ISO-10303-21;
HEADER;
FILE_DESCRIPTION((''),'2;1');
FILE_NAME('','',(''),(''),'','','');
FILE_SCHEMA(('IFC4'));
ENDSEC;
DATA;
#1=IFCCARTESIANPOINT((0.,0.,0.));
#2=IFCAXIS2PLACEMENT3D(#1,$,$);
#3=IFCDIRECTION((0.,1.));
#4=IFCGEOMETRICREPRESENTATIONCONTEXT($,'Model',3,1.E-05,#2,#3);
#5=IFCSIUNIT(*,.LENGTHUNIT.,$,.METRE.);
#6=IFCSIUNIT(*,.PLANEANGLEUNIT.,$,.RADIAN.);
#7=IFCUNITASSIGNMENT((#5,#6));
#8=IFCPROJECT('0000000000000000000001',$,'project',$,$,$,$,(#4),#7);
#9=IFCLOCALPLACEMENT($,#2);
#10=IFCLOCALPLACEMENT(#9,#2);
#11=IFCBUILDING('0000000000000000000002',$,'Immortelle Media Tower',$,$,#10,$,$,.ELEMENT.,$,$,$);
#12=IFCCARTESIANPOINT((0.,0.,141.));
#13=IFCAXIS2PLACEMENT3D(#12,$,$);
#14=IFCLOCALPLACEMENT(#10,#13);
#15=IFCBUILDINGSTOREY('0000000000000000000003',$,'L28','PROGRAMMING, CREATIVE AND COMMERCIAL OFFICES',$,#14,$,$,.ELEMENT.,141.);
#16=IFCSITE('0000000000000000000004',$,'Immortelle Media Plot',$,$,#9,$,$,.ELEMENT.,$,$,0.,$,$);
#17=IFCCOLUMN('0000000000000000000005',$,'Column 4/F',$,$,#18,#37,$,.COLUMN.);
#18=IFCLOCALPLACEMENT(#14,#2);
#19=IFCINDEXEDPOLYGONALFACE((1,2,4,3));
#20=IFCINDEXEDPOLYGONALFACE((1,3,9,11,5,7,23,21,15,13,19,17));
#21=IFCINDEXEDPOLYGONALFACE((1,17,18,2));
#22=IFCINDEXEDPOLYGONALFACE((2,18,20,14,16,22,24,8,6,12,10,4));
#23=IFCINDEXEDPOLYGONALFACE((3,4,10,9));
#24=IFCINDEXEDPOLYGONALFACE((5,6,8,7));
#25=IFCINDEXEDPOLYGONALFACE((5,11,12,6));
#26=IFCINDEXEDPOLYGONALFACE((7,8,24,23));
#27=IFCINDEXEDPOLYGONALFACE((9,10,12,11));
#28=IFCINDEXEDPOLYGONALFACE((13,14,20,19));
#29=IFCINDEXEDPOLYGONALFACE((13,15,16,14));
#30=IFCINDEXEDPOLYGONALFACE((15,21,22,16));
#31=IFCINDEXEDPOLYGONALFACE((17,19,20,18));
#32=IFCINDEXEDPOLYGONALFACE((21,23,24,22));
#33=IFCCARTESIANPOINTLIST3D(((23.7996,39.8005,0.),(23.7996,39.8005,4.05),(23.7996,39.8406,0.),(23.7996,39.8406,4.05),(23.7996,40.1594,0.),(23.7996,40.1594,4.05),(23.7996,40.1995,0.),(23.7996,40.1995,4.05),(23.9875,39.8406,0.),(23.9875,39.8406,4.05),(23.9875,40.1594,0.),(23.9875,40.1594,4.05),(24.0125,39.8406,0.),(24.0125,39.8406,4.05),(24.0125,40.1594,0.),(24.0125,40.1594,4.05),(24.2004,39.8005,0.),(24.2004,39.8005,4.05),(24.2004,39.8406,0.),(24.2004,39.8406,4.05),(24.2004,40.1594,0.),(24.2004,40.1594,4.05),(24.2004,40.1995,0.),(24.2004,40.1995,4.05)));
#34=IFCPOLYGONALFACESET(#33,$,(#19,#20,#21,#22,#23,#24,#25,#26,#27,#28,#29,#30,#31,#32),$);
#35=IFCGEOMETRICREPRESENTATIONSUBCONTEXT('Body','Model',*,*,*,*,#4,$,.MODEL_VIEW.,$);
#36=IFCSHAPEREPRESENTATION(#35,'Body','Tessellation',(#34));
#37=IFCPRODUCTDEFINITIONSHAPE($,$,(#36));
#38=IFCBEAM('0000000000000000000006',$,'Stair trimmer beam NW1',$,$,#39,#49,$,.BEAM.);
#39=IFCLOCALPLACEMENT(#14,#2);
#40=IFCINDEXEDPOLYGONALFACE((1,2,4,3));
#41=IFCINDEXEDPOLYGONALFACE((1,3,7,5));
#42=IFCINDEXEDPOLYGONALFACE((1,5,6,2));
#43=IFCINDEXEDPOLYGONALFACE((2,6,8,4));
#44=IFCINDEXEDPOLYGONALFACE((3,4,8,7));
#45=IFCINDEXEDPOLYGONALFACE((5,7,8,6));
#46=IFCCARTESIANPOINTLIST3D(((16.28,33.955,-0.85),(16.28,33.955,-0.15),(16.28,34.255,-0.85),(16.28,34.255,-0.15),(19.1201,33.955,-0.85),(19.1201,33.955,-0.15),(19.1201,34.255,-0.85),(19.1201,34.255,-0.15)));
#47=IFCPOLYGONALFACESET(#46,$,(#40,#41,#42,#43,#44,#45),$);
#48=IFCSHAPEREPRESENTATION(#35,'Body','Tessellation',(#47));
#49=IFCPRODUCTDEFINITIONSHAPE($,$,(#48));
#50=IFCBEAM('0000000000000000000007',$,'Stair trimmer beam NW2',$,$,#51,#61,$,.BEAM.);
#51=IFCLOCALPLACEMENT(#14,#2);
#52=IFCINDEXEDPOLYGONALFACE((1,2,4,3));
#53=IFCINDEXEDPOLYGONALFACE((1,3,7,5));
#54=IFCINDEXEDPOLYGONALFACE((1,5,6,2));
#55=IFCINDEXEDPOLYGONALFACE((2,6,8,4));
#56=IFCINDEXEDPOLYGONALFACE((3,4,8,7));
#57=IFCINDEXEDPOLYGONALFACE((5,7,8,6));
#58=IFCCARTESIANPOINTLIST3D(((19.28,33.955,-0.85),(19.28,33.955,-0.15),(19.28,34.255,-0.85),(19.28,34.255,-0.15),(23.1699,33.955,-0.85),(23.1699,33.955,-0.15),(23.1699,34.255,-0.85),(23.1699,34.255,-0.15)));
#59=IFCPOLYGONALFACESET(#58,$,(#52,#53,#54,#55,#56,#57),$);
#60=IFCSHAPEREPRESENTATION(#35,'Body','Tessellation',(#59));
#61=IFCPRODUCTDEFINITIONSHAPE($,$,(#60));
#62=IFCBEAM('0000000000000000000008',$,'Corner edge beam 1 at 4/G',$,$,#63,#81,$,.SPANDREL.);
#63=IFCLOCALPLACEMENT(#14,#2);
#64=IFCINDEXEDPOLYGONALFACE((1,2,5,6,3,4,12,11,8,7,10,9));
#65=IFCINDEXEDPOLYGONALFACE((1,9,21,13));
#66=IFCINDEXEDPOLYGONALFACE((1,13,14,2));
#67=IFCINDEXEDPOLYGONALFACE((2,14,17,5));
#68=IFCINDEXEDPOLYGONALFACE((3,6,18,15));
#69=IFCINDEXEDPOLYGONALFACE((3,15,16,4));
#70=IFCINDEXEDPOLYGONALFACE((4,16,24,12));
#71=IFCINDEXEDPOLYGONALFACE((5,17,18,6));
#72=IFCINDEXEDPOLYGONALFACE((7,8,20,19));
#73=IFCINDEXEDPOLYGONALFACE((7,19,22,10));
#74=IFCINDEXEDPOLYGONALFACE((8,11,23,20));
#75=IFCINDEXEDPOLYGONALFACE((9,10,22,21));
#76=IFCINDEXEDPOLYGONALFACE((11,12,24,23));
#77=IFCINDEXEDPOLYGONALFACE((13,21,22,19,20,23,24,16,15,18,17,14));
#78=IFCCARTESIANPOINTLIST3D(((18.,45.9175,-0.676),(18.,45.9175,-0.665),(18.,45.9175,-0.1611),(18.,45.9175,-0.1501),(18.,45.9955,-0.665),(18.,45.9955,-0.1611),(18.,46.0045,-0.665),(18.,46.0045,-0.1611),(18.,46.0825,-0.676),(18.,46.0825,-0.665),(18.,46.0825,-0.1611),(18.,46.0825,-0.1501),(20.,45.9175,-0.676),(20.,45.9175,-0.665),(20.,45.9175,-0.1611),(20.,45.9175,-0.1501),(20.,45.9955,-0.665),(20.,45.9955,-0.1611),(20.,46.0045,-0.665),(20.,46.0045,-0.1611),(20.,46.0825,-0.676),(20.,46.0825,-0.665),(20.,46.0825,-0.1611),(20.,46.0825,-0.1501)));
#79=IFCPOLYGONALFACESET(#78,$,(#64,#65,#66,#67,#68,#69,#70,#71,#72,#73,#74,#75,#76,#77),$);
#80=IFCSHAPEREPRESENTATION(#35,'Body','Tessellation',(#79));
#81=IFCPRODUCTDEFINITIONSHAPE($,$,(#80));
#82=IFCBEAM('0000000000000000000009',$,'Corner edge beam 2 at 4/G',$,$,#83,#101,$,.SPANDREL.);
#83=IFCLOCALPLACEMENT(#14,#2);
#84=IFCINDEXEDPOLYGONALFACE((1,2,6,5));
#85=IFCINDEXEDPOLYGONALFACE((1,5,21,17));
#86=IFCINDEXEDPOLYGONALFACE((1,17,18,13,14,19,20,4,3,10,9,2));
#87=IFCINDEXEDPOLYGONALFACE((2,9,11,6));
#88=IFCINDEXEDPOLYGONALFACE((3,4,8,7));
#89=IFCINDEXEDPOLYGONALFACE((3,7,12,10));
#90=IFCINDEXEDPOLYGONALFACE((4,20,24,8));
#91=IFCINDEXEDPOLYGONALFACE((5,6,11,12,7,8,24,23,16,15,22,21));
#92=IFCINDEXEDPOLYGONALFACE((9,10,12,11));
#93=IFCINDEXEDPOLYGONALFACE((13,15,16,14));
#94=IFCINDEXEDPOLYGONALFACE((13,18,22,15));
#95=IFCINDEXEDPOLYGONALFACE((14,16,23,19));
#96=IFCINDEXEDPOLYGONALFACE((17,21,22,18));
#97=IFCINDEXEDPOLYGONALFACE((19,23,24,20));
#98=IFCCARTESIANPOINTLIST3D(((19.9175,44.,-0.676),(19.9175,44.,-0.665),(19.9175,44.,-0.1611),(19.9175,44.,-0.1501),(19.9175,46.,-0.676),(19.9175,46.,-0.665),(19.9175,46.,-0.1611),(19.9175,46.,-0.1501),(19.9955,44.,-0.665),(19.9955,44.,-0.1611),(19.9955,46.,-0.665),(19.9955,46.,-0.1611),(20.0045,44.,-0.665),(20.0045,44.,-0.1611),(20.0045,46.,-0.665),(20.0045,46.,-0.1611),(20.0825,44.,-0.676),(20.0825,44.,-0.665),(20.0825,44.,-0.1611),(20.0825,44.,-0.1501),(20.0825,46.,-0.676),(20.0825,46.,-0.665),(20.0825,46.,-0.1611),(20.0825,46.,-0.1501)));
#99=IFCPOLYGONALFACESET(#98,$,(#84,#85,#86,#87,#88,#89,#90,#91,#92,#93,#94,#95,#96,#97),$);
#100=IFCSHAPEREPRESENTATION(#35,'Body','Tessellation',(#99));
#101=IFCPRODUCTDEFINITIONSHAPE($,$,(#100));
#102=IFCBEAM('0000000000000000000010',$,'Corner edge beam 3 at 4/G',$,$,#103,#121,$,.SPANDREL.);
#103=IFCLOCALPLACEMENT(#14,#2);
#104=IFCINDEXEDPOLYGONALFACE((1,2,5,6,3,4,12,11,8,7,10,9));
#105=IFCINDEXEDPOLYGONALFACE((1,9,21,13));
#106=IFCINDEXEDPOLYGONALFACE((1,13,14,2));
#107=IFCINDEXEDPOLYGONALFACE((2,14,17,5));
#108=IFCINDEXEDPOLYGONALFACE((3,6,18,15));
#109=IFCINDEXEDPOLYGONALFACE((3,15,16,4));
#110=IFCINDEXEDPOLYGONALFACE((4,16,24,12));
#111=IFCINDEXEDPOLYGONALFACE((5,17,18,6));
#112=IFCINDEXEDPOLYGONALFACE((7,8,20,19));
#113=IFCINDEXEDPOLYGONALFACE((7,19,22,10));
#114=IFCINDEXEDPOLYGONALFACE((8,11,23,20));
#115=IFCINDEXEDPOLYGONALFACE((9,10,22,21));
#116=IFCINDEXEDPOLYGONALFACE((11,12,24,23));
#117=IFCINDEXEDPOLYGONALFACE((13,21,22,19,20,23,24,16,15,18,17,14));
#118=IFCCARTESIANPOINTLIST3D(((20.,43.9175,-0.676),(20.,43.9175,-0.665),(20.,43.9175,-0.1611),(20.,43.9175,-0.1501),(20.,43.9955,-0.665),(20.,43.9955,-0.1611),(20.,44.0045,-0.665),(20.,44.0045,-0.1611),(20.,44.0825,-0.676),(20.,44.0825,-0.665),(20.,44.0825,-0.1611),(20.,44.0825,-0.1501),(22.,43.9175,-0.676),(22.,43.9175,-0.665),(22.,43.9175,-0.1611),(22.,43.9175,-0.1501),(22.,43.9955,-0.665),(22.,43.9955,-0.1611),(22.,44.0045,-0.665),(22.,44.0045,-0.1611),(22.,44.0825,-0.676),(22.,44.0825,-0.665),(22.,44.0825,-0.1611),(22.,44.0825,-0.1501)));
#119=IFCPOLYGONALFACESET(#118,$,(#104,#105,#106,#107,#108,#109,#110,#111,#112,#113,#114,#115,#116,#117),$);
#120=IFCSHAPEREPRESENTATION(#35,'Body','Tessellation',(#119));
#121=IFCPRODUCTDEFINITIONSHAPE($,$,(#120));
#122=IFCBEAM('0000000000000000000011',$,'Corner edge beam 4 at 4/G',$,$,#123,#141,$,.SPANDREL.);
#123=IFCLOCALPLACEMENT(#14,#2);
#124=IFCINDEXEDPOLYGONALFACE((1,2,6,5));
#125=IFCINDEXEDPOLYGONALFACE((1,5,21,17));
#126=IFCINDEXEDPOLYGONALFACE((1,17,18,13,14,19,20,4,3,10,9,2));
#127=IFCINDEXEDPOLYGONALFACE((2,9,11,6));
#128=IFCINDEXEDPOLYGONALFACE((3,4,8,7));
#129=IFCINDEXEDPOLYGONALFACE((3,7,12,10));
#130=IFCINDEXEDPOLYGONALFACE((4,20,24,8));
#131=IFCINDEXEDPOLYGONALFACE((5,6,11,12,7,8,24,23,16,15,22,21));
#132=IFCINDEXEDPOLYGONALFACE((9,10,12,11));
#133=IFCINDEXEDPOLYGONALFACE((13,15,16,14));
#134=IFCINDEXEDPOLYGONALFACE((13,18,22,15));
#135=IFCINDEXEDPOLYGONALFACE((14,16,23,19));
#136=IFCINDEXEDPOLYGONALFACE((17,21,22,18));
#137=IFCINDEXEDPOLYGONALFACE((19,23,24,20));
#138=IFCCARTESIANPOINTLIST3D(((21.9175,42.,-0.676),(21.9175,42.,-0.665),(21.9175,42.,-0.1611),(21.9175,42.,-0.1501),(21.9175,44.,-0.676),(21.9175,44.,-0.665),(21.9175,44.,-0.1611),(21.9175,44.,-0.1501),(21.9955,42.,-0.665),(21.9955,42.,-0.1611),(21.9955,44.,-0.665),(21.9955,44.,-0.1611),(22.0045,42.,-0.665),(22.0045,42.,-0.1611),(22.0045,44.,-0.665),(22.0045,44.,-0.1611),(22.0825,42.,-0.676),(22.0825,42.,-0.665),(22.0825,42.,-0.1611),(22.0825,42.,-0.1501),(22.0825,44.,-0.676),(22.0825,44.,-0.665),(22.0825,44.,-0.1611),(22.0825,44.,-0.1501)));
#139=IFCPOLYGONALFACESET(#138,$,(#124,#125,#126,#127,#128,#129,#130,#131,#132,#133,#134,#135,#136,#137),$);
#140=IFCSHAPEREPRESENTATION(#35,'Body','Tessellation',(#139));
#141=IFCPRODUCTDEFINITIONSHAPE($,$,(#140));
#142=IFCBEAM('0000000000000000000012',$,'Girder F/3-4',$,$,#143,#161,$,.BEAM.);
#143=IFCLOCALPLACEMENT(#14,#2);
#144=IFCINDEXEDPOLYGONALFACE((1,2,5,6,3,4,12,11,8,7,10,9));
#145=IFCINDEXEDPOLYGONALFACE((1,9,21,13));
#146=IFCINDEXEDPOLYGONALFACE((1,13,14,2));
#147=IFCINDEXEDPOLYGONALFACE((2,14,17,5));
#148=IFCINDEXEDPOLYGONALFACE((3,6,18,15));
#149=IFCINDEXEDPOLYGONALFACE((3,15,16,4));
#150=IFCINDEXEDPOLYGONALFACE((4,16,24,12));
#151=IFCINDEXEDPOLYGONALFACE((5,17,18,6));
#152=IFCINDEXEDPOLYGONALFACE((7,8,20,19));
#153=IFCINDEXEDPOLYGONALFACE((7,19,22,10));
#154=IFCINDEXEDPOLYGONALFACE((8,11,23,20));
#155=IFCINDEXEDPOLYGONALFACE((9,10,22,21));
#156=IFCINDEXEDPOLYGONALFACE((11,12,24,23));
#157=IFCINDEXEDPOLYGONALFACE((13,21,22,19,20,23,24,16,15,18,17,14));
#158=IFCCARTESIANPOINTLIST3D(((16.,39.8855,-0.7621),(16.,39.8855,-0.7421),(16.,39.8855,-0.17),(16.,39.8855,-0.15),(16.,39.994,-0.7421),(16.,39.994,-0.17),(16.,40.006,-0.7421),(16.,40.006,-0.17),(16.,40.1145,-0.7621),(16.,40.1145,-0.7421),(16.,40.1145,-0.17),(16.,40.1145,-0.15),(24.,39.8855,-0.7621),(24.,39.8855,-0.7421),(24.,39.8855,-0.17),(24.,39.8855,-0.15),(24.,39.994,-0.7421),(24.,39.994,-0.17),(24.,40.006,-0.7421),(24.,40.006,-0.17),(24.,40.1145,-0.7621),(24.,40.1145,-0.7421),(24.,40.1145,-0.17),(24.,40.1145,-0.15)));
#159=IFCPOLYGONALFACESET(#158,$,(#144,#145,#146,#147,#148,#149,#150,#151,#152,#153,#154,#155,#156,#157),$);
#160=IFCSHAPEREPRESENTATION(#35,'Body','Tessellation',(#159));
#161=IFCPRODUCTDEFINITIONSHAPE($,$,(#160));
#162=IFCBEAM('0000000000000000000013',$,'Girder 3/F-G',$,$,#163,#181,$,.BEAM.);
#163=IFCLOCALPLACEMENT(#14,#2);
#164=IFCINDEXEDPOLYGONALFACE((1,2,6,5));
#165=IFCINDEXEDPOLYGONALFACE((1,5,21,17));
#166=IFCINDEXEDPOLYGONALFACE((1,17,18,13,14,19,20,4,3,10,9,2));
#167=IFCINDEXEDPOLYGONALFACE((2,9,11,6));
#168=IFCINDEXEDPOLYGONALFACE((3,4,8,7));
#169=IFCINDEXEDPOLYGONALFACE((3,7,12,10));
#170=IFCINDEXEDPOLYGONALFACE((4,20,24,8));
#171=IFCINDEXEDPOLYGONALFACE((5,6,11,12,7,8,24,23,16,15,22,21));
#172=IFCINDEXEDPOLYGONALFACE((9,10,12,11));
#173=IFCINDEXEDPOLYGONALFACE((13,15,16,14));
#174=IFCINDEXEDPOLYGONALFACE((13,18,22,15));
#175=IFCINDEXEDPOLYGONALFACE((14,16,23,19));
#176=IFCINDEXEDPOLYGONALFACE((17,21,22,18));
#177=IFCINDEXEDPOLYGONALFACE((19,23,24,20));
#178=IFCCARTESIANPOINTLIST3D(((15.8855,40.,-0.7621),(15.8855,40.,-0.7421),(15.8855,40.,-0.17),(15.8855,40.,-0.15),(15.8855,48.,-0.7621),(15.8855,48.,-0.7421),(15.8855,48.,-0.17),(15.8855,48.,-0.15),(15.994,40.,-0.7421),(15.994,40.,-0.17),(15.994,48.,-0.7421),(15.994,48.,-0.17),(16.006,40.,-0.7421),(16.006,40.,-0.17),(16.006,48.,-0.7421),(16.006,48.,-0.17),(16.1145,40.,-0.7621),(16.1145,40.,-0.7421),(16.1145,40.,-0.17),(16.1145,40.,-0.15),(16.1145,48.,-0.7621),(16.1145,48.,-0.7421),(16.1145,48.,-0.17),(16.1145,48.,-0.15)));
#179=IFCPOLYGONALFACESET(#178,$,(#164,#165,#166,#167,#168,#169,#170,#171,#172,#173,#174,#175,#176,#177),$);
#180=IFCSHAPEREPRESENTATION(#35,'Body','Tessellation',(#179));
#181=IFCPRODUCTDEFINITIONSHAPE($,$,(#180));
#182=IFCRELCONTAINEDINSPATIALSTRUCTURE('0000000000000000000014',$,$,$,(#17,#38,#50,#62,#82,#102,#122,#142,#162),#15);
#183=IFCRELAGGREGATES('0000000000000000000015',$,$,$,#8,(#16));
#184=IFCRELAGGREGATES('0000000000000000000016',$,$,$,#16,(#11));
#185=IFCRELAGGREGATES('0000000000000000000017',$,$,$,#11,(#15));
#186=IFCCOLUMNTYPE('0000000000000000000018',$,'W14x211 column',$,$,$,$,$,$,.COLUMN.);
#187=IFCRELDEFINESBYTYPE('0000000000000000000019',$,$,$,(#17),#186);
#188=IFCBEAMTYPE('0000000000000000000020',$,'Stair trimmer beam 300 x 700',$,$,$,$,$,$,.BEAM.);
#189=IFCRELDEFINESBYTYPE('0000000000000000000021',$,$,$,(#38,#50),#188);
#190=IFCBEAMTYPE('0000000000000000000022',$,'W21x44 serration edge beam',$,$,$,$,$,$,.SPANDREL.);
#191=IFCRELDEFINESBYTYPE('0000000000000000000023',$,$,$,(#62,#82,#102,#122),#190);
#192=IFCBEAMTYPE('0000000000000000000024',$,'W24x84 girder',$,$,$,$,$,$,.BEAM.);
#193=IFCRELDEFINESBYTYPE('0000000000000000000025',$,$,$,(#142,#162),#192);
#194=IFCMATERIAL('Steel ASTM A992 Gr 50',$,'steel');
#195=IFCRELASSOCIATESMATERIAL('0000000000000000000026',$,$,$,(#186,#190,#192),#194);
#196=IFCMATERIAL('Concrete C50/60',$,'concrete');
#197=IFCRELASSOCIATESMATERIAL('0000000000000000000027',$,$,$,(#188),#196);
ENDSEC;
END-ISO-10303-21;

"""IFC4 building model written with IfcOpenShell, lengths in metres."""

from ifc_helpers import new_model, si_unit, direction, frame, origin, origin_2d, place, context, subcontext, project, spatial, rectangle, i_section, extrude, material, material_profile, profile_set, type_object, element, save


model = new_model("IFC4")

# Units and contexts
model_context = context("Model", 3, precision=1e-05, world=origin(), true_north=direction((0.0, 1.0)))
body_context = subcontext(model_context, "Body", "Model", "MODEL_VIEW")
ifc_project = project(units=[si_unit("LENGTHUNIT", "METRE"), si_unit("PLANEANGLEUNIT", "RADIAN")], contexts=[model_context])

# Site, building, storey
site_placement = place(None, origin())
site = spatial("IfcSite", under=ifc_project, at=site_placement, Name="Immortelle Media Plot", CompositionType="ELEMENT", RefElevation=0.0)
building_placement = place(site_placement, origin())
building = spatial("IfcBuilding", under=site, at=building_placement, Name="Immortelle Media Tower", CompositionType="ELEMENT")
storey_placement = place(building_placement, frame((0.0, 0.0, 141.0)))
storey = spatial("IfcBuildingStorey", under=building, at=storey_placement, Name="L28", Description="PROGRAMMING, CREATIVE AND COMMERCIAL OFFICES", CompositionType="ELEMENT", Elevation=141.0)

# Column
ifc_material_1 = material(Name="Steel ASTM A992 Gr 50", Category="steel")
ifc_material_profile_1 = material_profile(ifc_material_1, i_section(OverallWidth=0.4009, OverallDepth=0.3989, WebThickness=0.0249, FlangeThickness=0.04, at=origin_2d()), Name="W14x211")
ifc_profile_set_1 = profile_set([ifc_material_profile_1], Name="Steel ASTM A992 Gr 50")
column_type = type_object("IfcColumnType", Name="W14x211 column", PredefinedType="COLUMN", material=ifc_profile_set_1)
column_placement = place(storey_placement, frame((24.0, 40.0, 0.0), z_axis=(0.0, 0.0, 1.0), x_axis=(1.0, 0.0, 0.0)))
element("IfcColumn", 1, at=column_placement, inside=storey, type_object=column_type, Name="Column 4/F", PredefinedType="COLUMN", context=body_context, shape_type="SweptSolid", body=[
    extrude(i_section(OverallWidth=0.4009, OverallDepth=0.3989, WebThickness=0.0249, FlangeThickness=0.04, at=origin_2d()), origin(), (0.0, 0.0, 1.0), 4.05),
])

# Beams
ifc_material_2 = material(Name="Concrete C50/60", Category="concrete")
ifc_material_profile_2 = material_profile(ifc_material_2, rectangle(XDim=0.3, YDim=0.7, at=origin_2d()), Name="RC 300x700")
ifc_profile_set_2 = profile_set([ifc_material_profile_2], Name="Concrete C50/60")
beam_type_1 = type_object("IfcBeamType", Name="Stair trimmer beam 300 x 700", PredefinedType="BEAM", material=ifc_profile_set_2)
beam_1_placement = place(storey_placement, frame((16.28, 34.105, -0.5), z_axis=(1.0, 0.0, 0.0), x_axis=(0.0, 1.0, 0.0)))
element("IfcBeam", 2, at=beam_1_placement, inside=storey, type_object=beam_type_1, Name="Stair trimmer beam NW1", PredefinedType="BEAM", context=body_context, shape_type="SweptSolid", body=[
    extrude(rectangle(XDim=0.3, YDim=0.7, at=origin_2d()), origin(), (0.0, 0.0, 1.0), 2.8401),
])
beam_2_placement = place(storey_placement, frame((19.28, 34.105, -0.5), z_axis=(1.0, 0.0, 0.0), x_axis=(0.0, 1.0, 0.0)))
element("IfcBeam", 3, at=beam_2_placement, inside=storey, type_object=beam_type_1, Name="Stair trimmer beam NW2", PredefinedType="BEAM", context=body_context, shape_type="SweptSolid", body=[
    extrude(rectangle(XDim=0.3, YDim=0.7, at=origin_2d()), origin(), (0.0, 0.0, 1.0), 3.8899),
])
ifc_material_profile_3 = material_profile(ifc_material_1, i_section(OverallWidth=0.165, OverallDepth=0.5259, WebThickness=0.009, FlangeThickness=0.011, at=origin_2d()), Name="W21x44")
ifc_profile_set_3 = profile_set([ifc_material_profile_3], Name="Steel ASTM A992 Gr 50")
beam_type_2 = type_object("IfcBeamType", Name="W21x44 serration edge beam", PredefinedType="SPANDREL", material=ifc_profile_set_3)
for number, where, z_axis, x_axis, name in (
    (4, (18.0, 46.0, -0.4131), (1.0, 0.0, 0.0), (0.0, 1.0, 0.0), "Corner edge beam 1 at 4/G"),
    (5, (20.0, 46.0, -0.4131), (0.0, -1.0, 0.0), (1.0, 0.0, 0.0), "Corner edge beam 2 at 4/G"),
    (6, (20.0, 44.0, -0.4131), (1.0, 0.0, 0.0), (0.0, 1.0, 0.0), "Corner edge beam 3 at 4/G"),
    (7, (22.0, 44.0, -0.4131), (0.0, -1.0, 0.0), (1.0, 0.0, 0.0), "Corner edge beam 4 at 4/G"),
):
    element("IfcBeam", number, at=place(storey_placement, frame(where, z_axis=z_axis, x_axis=x_axis)), inside=storey, type_object=beam_type_2, Name=name, PredefinedType="SPANDREL", context=body_context, shape_type="SweptSolid", body=[
        extrude(i_section(OverallWidth=0.165, OverallDepth=0.5259, WebThickness=0.009, FlangeThickness=0.011, at=origin_2d()), origin(), (0.0, 0.0, 1.0), 2.0),
    ])
ifc_material_profile_4 = material_profile(ifc_material_1, i_section(OverallWidth=0.229, OverallDepth=0.6121, WebThickness=0.012, FlangeThickness=0.02, at=origin_2d()), Name="W24x84")
ifc_profile_set_4 = profile_set([ifc_material_profile_4], Name="Steel ASTM A992 Gr 50")
beam_type_3 = type_object("IfcBeamType", Name="W24x84 girder", PredefinedType="BEAM", material=ifc_profile_set_4)
for number, where, z_axis, x_axis, name in (
    (8, (16.0, 40.0, -0.4561), (1.0, 0.0, 0.0), (0.0, 1.0, 0.0), "Girder F/3-4"),
    (9, (16.0, 40.0, -0.4561), (0.0, 1.0, 0.0), (-1.0, 0.0, 0.0), "Girder 3/F-G"),
):
    element("IfcBeam", number, at=place(storey_placement, frame(where, z_axis=z_axis, x_axis=x_axis)), inside=storey, type_object=beam_type_3, Name=name, PredefinedType="BEAM", context=body_context, shape_type="SweptSolid", body=[
        extrude(i_section(OverallWidth=0.229, OverallDepth=0.6121, WebThickness=0.012, FlangeThickness=0.02, at=origin_2d()), origin(), (0.0, 0.0, 1.0), 8.0),
    ])

save(model, "model.ifc")
